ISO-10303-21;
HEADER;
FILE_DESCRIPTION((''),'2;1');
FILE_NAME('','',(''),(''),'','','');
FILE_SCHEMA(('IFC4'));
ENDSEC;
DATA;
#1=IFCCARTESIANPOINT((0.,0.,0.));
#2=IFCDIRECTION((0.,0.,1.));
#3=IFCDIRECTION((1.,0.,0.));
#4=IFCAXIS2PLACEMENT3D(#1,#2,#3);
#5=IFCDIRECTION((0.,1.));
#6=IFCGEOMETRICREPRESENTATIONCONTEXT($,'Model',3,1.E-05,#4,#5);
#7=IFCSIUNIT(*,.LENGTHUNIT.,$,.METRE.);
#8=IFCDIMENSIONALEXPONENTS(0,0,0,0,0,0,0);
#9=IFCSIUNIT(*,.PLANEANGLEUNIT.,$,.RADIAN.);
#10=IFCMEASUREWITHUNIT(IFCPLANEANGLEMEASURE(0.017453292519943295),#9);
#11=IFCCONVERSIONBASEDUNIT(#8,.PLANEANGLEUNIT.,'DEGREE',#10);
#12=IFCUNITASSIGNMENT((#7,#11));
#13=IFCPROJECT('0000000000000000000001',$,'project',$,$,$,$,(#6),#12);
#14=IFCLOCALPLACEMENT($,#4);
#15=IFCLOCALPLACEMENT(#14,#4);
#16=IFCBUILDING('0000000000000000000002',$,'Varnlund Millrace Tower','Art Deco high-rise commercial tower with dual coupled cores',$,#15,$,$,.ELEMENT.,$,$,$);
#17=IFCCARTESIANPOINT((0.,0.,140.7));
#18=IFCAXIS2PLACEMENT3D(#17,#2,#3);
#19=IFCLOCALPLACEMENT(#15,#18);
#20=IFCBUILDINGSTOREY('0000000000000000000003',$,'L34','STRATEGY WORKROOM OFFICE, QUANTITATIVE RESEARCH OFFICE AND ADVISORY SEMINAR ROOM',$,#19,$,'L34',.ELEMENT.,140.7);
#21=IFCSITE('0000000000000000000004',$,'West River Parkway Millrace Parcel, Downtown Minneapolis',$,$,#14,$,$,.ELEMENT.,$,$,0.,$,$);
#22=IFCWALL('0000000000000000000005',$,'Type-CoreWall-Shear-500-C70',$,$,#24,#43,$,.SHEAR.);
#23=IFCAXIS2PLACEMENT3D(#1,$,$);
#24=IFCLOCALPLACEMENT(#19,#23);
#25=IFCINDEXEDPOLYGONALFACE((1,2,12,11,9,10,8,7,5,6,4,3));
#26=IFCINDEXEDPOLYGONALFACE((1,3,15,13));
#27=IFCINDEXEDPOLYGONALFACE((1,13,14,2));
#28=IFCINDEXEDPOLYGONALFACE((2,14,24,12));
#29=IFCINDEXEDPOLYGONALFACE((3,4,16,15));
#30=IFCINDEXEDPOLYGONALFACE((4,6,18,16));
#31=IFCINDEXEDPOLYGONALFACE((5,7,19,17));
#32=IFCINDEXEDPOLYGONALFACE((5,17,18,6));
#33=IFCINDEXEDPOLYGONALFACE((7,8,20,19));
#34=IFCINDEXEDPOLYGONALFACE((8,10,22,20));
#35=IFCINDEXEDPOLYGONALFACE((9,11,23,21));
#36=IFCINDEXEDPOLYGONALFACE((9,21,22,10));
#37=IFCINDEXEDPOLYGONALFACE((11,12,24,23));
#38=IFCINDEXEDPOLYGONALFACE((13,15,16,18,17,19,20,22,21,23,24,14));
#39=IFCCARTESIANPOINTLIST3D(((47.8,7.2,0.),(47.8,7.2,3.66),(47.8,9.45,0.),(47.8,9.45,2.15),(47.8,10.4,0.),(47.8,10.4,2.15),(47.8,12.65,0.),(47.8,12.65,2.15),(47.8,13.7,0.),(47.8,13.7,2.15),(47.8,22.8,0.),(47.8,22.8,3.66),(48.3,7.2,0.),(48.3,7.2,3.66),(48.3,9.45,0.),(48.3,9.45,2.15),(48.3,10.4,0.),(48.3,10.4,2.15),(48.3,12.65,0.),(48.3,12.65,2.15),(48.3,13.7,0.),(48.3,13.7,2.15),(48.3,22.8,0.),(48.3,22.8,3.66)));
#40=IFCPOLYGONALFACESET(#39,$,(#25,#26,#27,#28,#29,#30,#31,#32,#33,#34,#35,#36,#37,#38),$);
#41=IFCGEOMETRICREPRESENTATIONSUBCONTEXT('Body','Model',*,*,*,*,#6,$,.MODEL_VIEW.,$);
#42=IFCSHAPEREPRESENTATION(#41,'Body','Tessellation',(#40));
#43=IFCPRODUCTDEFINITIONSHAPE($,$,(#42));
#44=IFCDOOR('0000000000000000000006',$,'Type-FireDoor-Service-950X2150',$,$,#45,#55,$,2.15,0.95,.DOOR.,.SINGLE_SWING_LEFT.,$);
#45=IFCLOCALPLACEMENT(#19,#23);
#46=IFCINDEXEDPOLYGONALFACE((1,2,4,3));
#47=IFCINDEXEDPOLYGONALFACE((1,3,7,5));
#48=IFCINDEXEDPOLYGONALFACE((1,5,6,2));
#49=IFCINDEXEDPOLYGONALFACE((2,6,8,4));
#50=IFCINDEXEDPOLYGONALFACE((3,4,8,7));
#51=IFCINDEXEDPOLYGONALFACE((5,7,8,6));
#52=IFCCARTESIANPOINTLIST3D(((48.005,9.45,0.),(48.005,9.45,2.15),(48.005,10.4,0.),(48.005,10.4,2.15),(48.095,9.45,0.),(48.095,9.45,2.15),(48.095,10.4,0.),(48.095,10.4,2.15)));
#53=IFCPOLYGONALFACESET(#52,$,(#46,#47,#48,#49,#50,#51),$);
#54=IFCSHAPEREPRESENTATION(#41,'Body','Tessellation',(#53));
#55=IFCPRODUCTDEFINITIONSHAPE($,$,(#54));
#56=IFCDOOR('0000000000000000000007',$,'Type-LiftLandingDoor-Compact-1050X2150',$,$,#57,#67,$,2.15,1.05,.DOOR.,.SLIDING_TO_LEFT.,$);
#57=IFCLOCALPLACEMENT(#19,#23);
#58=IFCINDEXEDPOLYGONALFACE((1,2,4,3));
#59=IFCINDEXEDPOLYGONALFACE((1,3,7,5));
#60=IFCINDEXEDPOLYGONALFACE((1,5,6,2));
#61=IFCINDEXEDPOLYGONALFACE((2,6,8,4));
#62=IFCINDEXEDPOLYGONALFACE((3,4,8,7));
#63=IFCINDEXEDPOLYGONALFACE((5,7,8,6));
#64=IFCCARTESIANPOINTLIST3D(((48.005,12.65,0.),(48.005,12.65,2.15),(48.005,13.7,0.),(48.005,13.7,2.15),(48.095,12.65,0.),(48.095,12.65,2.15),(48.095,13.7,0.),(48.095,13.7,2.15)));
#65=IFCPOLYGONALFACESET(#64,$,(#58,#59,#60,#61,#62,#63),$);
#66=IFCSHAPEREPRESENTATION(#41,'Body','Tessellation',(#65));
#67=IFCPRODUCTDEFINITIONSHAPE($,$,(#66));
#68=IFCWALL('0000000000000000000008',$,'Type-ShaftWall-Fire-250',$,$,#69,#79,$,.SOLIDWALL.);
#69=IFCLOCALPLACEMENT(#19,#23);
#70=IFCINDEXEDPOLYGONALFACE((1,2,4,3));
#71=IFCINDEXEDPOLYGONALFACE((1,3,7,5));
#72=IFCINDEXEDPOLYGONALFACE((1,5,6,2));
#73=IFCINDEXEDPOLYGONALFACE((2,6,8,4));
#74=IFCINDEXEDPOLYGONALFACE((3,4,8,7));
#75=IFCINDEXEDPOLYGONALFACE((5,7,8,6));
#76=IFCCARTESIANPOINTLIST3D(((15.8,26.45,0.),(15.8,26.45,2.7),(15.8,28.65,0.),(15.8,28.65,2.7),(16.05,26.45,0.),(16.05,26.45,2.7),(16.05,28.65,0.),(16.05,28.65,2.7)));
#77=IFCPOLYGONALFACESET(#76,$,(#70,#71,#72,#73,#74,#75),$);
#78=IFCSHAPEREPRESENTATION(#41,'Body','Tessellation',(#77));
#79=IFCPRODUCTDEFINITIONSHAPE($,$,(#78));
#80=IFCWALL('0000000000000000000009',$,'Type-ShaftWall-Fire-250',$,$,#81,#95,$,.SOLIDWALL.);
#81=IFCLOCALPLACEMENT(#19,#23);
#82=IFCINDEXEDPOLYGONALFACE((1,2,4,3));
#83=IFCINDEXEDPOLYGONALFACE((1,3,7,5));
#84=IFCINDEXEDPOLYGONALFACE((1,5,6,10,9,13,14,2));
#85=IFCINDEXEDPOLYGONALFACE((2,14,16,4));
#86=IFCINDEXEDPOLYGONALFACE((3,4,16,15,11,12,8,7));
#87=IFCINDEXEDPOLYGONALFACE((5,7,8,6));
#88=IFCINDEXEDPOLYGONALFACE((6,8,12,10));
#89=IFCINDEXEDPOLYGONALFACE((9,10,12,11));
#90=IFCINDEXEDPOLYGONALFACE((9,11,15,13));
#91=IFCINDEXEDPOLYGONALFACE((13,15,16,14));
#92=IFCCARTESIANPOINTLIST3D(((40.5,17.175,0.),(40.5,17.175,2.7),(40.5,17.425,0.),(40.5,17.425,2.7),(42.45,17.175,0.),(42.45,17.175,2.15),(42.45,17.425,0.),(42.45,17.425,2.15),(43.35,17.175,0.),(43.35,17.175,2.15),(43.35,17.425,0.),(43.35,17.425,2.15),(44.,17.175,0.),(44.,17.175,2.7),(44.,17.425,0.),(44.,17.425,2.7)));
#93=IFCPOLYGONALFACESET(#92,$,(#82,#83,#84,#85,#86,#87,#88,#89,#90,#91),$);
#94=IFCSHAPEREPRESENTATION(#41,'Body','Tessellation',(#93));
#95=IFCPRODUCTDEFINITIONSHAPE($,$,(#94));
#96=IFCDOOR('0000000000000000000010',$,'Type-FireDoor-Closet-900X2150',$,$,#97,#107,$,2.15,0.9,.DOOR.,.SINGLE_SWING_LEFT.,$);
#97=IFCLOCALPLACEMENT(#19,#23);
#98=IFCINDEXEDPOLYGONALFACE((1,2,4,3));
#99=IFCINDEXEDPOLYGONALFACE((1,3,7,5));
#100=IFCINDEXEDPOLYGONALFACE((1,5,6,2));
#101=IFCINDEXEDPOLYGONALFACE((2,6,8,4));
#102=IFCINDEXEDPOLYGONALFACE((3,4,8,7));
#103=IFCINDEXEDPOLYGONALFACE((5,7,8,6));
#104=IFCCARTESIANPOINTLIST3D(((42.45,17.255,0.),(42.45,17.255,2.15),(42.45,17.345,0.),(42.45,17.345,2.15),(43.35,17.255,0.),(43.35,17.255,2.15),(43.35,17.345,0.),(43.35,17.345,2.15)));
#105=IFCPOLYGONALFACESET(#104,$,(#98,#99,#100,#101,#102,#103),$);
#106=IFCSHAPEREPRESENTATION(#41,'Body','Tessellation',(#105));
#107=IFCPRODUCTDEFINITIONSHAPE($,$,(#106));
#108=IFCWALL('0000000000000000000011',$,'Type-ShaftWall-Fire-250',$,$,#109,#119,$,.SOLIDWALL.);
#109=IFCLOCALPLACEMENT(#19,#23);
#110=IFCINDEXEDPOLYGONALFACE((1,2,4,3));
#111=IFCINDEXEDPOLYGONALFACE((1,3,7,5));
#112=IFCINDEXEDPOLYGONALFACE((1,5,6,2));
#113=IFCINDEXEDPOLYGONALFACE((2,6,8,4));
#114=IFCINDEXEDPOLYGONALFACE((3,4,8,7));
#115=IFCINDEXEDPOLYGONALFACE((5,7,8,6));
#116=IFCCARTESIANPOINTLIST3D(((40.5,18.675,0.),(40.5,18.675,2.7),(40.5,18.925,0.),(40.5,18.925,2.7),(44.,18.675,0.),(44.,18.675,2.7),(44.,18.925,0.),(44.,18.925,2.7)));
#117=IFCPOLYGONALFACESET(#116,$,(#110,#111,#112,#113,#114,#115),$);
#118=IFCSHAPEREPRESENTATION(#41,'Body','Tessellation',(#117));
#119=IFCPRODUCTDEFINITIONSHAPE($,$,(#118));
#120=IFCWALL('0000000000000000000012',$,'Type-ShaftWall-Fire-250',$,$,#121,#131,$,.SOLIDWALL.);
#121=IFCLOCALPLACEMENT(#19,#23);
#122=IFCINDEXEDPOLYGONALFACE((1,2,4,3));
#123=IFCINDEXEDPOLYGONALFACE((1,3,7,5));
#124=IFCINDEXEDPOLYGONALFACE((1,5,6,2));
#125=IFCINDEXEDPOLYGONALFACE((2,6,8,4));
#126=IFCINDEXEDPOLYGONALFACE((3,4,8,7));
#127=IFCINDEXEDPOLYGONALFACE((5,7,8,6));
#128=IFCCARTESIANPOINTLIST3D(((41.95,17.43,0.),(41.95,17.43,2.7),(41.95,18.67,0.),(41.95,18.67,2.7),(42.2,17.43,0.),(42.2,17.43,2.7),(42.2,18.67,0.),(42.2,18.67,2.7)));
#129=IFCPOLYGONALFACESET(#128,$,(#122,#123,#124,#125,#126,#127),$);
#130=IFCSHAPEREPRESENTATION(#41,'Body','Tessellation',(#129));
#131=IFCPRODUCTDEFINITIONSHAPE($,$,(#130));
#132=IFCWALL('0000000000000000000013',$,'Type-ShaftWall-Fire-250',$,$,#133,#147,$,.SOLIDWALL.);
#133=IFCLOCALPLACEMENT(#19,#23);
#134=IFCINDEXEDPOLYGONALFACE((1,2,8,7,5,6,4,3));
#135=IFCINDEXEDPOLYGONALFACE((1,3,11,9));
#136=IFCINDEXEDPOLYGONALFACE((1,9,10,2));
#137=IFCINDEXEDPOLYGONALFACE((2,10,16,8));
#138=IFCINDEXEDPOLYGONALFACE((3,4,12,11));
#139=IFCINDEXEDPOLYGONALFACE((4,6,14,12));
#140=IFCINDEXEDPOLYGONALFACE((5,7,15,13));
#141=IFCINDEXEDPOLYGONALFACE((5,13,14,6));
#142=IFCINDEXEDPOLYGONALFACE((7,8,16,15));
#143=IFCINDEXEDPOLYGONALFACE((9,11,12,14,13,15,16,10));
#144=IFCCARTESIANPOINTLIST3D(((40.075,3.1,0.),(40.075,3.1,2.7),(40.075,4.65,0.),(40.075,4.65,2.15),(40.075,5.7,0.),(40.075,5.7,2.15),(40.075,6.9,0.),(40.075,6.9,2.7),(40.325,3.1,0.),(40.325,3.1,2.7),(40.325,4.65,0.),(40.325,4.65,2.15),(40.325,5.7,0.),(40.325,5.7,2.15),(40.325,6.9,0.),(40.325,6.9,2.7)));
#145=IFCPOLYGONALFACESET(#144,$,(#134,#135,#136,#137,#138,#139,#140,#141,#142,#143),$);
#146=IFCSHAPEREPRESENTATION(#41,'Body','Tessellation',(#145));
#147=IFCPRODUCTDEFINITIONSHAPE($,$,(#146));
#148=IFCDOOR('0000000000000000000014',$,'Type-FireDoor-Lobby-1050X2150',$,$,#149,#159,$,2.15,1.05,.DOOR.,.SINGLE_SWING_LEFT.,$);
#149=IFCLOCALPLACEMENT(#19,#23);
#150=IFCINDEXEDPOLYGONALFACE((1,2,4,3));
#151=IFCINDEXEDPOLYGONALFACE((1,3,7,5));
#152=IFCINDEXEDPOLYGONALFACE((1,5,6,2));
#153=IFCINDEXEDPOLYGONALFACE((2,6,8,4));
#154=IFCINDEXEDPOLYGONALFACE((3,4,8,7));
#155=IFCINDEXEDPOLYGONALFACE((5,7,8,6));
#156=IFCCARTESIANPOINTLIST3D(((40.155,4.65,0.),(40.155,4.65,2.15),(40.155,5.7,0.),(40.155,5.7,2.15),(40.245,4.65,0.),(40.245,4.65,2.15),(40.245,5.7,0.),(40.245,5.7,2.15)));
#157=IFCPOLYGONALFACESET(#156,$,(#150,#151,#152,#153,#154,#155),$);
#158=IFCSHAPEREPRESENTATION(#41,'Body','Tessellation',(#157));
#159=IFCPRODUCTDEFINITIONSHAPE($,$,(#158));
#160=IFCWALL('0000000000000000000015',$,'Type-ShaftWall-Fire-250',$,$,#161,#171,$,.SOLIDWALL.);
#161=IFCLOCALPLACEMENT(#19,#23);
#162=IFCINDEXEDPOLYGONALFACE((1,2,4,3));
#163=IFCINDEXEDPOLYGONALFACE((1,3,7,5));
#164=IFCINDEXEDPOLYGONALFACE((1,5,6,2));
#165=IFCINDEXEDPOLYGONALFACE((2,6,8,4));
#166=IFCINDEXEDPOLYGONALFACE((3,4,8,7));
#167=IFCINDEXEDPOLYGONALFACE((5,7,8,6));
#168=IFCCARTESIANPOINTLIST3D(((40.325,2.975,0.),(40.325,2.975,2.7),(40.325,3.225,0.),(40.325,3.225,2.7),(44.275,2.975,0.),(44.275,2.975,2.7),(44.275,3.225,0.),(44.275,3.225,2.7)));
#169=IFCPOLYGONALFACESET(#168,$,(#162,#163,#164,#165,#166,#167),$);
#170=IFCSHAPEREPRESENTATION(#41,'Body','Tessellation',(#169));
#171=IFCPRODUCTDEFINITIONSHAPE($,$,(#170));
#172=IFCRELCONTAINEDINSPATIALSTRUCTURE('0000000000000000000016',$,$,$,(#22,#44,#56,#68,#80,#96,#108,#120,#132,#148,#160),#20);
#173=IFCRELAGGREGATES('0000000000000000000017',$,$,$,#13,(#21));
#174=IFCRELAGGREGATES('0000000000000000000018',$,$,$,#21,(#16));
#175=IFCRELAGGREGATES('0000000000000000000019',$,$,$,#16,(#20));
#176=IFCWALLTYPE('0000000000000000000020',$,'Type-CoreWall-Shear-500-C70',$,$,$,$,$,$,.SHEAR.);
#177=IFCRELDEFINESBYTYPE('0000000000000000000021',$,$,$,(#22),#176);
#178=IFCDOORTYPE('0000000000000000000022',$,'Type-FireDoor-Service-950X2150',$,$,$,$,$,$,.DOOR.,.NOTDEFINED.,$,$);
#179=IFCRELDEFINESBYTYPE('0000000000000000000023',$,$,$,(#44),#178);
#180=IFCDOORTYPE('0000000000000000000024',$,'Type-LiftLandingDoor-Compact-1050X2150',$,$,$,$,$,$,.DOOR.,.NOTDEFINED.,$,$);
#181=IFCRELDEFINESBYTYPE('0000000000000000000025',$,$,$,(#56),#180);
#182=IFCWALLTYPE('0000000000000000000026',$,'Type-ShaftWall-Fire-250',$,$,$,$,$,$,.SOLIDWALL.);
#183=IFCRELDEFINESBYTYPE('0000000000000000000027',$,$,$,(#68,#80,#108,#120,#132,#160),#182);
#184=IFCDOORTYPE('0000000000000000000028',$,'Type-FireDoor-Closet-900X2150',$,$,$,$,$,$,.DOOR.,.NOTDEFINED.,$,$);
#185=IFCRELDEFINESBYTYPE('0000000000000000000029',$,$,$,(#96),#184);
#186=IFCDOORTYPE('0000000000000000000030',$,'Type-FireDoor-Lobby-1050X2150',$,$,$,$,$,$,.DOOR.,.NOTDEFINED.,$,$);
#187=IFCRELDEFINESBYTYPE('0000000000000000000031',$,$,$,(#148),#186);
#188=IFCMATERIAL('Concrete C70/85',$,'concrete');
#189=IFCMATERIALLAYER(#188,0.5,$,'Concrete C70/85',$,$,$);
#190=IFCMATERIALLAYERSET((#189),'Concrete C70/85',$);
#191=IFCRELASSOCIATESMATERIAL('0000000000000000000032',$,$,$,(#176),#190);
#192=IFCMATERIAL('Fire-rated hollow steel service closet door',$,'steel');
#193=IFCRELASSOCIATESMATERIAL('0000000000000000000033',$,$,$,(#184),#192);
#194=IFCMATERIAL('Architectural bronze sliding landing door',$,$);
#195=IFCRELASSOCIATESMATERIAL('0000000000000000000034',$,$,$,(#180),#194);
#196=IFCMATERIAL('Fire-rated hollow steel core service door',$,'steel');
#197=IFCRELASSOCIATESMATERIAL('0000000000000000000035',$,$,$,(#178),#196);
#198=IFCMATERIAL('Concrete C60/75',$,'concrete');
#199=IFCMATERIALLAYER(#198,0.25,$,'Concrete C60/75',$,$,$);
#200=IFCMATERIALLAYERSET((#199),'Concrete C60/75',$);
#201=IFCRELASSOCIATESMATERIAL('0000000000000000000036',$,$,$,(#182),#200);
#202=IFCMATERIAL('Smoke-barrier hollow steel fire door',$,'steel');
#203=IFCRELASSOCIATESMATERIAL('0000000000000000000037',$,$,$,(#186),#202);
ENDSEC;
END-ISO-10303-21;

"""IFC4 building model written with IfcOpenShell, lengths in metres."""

from ifc_helpers import new_model, entity, si_unit, converted_unit, direction, frame, origin_with_axes, origin_2d_with_axis, place, context, subcontext, project, spatial, polyline, rectangle, outline, extrude, material, layer, layer_set, type_object, element, fill, save


model = new_model("IFC4")

# Units and contexts
model_context = context("Model", 3, precision=1e-05, world=origin_with_axes(), true_north=direction((0.0, 1.0)))
body_context = subcontext(model_context, "Body", "Model", "MODEL_VIEW")
ifc_project = project(units=[si_unit("LENGTHUNIT", "METRE"), converted_unit("PLANEANGLEUNIT", "DEGREE", entity("IfcPlaneAngleMeasure", 0.017453292519943295), si_unit("PLANEANGLEUNIT", "RADIAN"), dimensions=[0, 0, 0, 0, 0, 0, 0])], contexts=[model_context])

# Site, building, storey
site_placement = place(None, origin_with_axes())
site = spatial("IfcSite", under=ifc_project, at=site_placement, Name="West River Parkway Millrace Parcel, Downtown Minneapolis", CompositionType="ELEMENT", RefElevation=0.0)
building_placement = place(site_placement, origin_with_axes())
building = spatial("IfcBuilding", under=site, at=building_placement, Name="Varnlund Millrace Tower", Description="Art Deco high-rise commercial tower with dual coupled cores", CompositionType="ELEMENT")
storey_placement = place(building_placement, frame((0.0, 0.0, 140.7), z_axis=(0.0, 0.0, 1.0), x_axis=(1.0, 0.0, 0.0)))
storey = spatial("IfcBuildingStorey", under=building, at=storey_placement, Name="L34", Description="STRATEGY WORKROOM OFFICE, QUANTITATIVE RESEARCH OFFICE AND ADVISORY SEMINAR ROOM", LongName="L34", CompositionType="ELEMENT", Elevation=140.7)

# Shared definitions
ifc_material_1 = material(Name="Concrete C70/85", Category="concrete")
ifc_layer_1 = layer(ifc_material_1, 0.5, Name="Concrete C70/85")
ifc_layer_set_1 = layer_set([ifc_layer_1], Name="Concrete C70/85")
wall_type_1 = type_object("IfcWallType", Name="Type-CoreWall-Shear-500-C70", PredefinedType="SHEAR", material=ifc_layer_set_1)
ifc_material_2 = material(Name="Fire-rated hollow steel service closet door", Category="steel")
door_type_1 = type_object("IfcDoorType", Name="Type-FireDoor-Closet-900X2150", OperationType="NOTDEFINED", PredefinedType="DOOR", material=ifc_material_2)
ifc_material_3 = material(Name="Architectural bronze sliding landing door")
door_type_2 = type_object("IfcDoorType", Name="Type-LiftLandingDoor-Compact-1050X2150", OperationType="NOTDEFINED", PredefinedType="DOOR", material=ifc_material_3)

# Wall, openings, doors
wall_1_placement = place(storey_placement, frame((48.05, 7.2, 0.0), z_axis=(0.0, 0.0, 1.0), x_axis=(0.0, 1.0, 0.0)))
wall_1 = element("IfcWall", 1, at=wall_1_placement, inside=storey, type_object=wall_type_1, Name="Type-CoreWall-Shear-500-C70", PredefinedType="SHEAR", context=body_context, shape_type="SweptSolid", body=[
    extrude(outline(polyline([(0.0, -0.25), (15.6, -0.25), (15.6, 0.25), (0.0, 0.25), (0.0, -0.25)])), origin_with_axes(), (0.0, 0.0, 1.0), 3.66),
])
opening_1_placement = place(wall_1_placement, frame((5.975, 0.0, 0.0), z_axis=(0.0, 0.0, 1.0), x_axis=(1.0, 0.0, 0.0)))
opening_1 = element("IfcOpeningElement", 2, at=opening_1_placement, cuts=wall_1, PredefinedType="OPENING", context=body_context, shape_type="SweptSolid", body=[
    extrude(rectangle(XDim=1.05, YDim=0.52, at=origin_2d_with_axis()), origin_with_axes(), (0.0, 0.0, 1.0), 2.15),
])
opening_2_placement = place(wall_1_placement, frame((2.725, 0.0, 0.0), z_axis=(0.0, 0.0, 1.0), x_axis=(1.0, 0.0, 0.0)))
opening_2 = element("IfcOpeningElement", 3, at=opening_2_placement, cuts=wall_1, PredefinedType="OPENING", context=body_context, shape_type="SweptSolid", body=[
    extrude(rectangle(XDim=0.95, YDim=0.52, at=origin_2d_with_axis()), origin_with_axes(), (0.0, 0.0, 1.0), 2.15),
])
ifc_material_4 = material(Name="Fire-rated hollow steel core service door", Category="steel")
door_type_3 = type_object("IfcDoorType", Name="Type-FireDoor-Service-950X2150", OperationType="NOTDEFINED", PredefinedType="DOOR", material=ifc_material_4)
door_1_placement = place(wall_1_placement, frame((2.725, 0.0, 0.0), z_axis=(0.0, 0.0, 1.0), x_axis=(1.0, 0.0, 0.0)))
door_1 = element("IfcDoor", 4, at=door_1_placement, inside=storey, type_object=door_type_3, Name="Type-FireDoor-Service-950X2150", OperationType="SINGLE_SWING_LEFT", OverallHeight=2.15, OverallWidth=0.95, PredefinedType="DOOR", context=body_context, shape_type="SweptSolid", body=[
    extrude(rectangle(XDim=0.95, YDim=0.09, at=origin_2d_with_axis()), origin_with_axes(), (0.0, 0.0, 1.0), 2.15),
])
fill(opening_2, door_1)
door_2_placement = place(wall_1_placement, frame((5.975, 0.0, 0.0), z_axis=(0.0, 0.0, 1.0), x_axis=(1.0, 0.0, 0.0)))
door_2 = element("IfcDoor", 5, at=door_2_placement, inside=storey, type_object=door_type_2, Name="Type-LiftLandingDoor-Compact-1050X2150", OperationType="SLIDING_TO_LEFT", OverallHeight=2.15, OverallWidth=1.05, PredefinedType="DOOR", context=body_context, shape_type="SweptSolid", body=[
    extrude(rectangle(XDim=1.05, YDim=0.09, at=origin_2d_with_axis()), origin_with_axes(), (0.0, 0.0, 1.0), 2.15),
])
fill(opening_1, door_2)

# Wall
ifc_material_5 = material(Name="Concrete C60/75", Category="concrete")
ifc_layer_2 = layer(ifc_material_5, 0.25, Name="Concrete C60/75")
ifc_layer_set_2 = layer_set([ifc_layer_2], Name="Concrete C60/75")
wall_type_2 = type_object("IfcWallType", Name="Type-ShaftWall-Fire-250", PredefinedType="SOLIDWALL", material=ifc_layer_set_2)
wall_2_placement = place(storey_placement, frame((15.925, 26.45, 0.0), z_axis=(0.0, 0.0, 1.0), x_axis=(0.0, 1.0, 0.0)))
element("IfcWall", 6, at=wall_2_placement, inside=storey, type_object=wall_type_2, Name="Type-ShaftWall-Fire-250", PredefinedType="SOLIDWALL", context=body_context, shape_type="SweptSolid", body=[
    extrude(outline(polyline([(0.0, -0.125), (2.2, -0.125), (2.2, 0.125), (0.0, 0.125), (0.0, -0.125)])), origin_with_axes(), (0.0, 0.0, 1.0), 2.7),
])

# Wall, opening, door
wall_3_placement = place(storey_placement, frame((40.5, 17.3, 0.0), z_axis=(0.0, 0.0, 1.0), x_axis=(1.0, 0.0, 0.0)))
wall_3 = element("IfcWall", 7, at=wall_3_placement, inside=storey, type_object=wall_type_2, Name="Type-ShaftWall-Fire-250", PredefinedType="SOLIDWALL", context=body_context, shape_type="SweptSolid", body=[
    extrude(outline(polyline([(0.0, -0.125), (3.5, -0.125), (3.5, 0.125), (0.0, 0.125), (0.0, -0.125)])), origin_with_axes(), (0.0, 0.0, 1.0), 2.7),
])
opening_3_placement = place(wall_3_placement, frame((2.4, 0.0, 0.0), z_axis=(0.0, 0.0, 1.0), x_axis=(1.0, 0.0, 0.0)))
opening_3 = element("IfcOpeningElement", 8, at=opening_3_placement, cuts=wall_3, PredefinedType="OPENING", context=body_context, shape_type="SweptSolid", body=[
    extrude(rectangle(XDim=0.9, YDim=0.27, at=origin_2d_with_axis()), origin_with_axes(), (0.0, 0.0, 1.0), 2.15),
])
door_3_placement = place(wall_3_placement, frame((2.4, 0.0, 0.0), z_axis=(0.0, 0.0, 1.0), x_axis=(1.0, 0.0, 0.0)))
door_3 = element("IfcDoor", 9, at=door_3_placement, inside=storey, type_object=door_type_1, Name="Type-FireDoor-Closet-900X2150", OperationType="SINGLE_SWING_LEFT", OverallHeight=2.15, OverallWidth=0.9, PredefinedType="DOOR", context=body_context, shape_type="SweptSolid", body=[
    extrude(rectangle(XDim=0.9, YDim=0.09, at=origin_2d_with_axis()), origin_with_axes(), (0.0, 0.0, 1.0), 2.15),
])
fill(opening_3, door_3)

# Walls
wall_4_placement = place(storey_placement, frame((40.5, 18.8, 0.0), z_axis=(0.0, 0.0, 1.0), x_axis=(1.0, 0.0, 0.0)))
element("IfcWall", 10, at=wall_4_placement, inside=storey, type_object=wall_type_2, Name="Type-ShaftWall-Fire-250", PredefinedType="SOLIDWALL", context=body_context, shape_type="SweptSolid", body=[
    extrude(outline(polyline([(0.0, -0.125), (3.5, -0.125), (3.5, 0.125), (0.0, 0.125), (0.0, -0.125)])), origin_with_axes(), (0.0, 0.0, 1.0), 2.7),
])
wall_5_placement = place(storey_placement, frame((42.075, 17.43, 0.0), z_axis=(0.0, 0.0, 1.0), x_axis=(0.0, 1.0, 0.0)))
element("IfcWall", 11, at=wall_5_placement, inside=storey, type_object=wall_type_2, Name="Type-ShaftWall-Fire-250", PredefinedType="SOLIDWALL", context=body_context, shape_type="SweptSolid", body=[
    extrude(outline(polyline([(0.0, -0.125), (1.24, -0.125), (1.24, 0.125), (0.0, 0.125), (0.0, -0.125)])), origin_with_axes(), (0.0, 0.0, 1.0), 2.7),
])

# Wall, opening, door
wall_6_placement = place(storey_placement, frame((40.2, 3.1, 0.0), z_axis=(0.0, 0.0, 1.0), x_axis=(0.0, 1.0, 0.0)))
wall_6 = element("IfcWall", 12, at=wall_6_placement, inside=storey, type_object=wall_type_2, Name="Type-ShaftWall-Fire-250", PredefinedType="SOLIDWALL", context=body_context, shape_type="SweptSolid", body=[
    extrude(outline(polyline([(0.0, -0.125), (3.8, -0.125), (3.8, 0.125), (0.0, 0.125), (0.0, -0.125)])), origin_with_axes(), (0.0, 0.0, 1.0), 2.7),
])
opening_4_placement = place(wall_6_placement, frame((2.075, 0.0, 0.0), z_axis=(0.0, 0.0, 1.0), x_axis=(1.0, 0.0, 0.0)))
opening_4 = element("IfcOpeningElement", 13, at=opening_4_placement, cuts=wall_6, PredefinedType="OPENING", context=body_context, shape_type="SweptSolid", body=[
    extrude(rectangle(XDim=1.05, YDim=0.27, at=origin_2d_with_axis()), origin_with_axes(), (0.0, 0.0, 1.0), 2.15),
])
ifc_material_6 = material(Name="Smoke-barrier hollow steel fire door", Category="steel")
door_type_4 = type_object("IfcDoorType", Name="Type-FireDoor-Lobby-1050X2150", OperationType="NOTDEFINED", PredefinedType="DOOR", material=ifc_material_6)
door_4_placement = place(wall_6_placement, frame((2.075, 0.0, 0.0), z_axis=(0.0, 0.0, 1.0), x_axis=(1.0, 0.0, 0.0)))
door_4 = element("IfcDoor", 14, at=door_4_placement, inside=storey, type_object=door_type_4, Name="Type-FireDoor-Lobby-1050X2150", OperationType="SINGLE_SWING_LEFT", OverallHeight=2.15, OverallWidth=1.05, PredefinedType="DOOR", context=body_context, shape_type="SweptSolid", body=[
    extrude(rectangle(XDim=1.05, YDim=0.09, at=origin_2d_with_axis()), origin_with_axes(), (0.0, 0.0, 1.0), 2.15),
])
fill(opening_4, door_4)

# Wall
wall_7_placement = place(storey_placement, frame((40.325, 3.1, 0.0), z_axis=(0.0, 0.0, 1.0), x_axis=(1.0, 0.0, 0.0)))
element("IfcWall", 15, at=wall_7_placement, inside=storey, type_object=wall_type_2, Name="Type-ShaftWall-Fire-250", PredefinedType="SOLIDWALL", context=body_context, shape_type="SweptSolid", body=[
    extrude(outline(polyline([(0.0, -0.125), (3.95, -0.125), (3.95, 0.125), (0.0, 0.125), (0.0, -0.125)])), origin_with_axes(), (0.0, 0.0, 1.0), 2.7),
])

save(model, "model.ifc")
